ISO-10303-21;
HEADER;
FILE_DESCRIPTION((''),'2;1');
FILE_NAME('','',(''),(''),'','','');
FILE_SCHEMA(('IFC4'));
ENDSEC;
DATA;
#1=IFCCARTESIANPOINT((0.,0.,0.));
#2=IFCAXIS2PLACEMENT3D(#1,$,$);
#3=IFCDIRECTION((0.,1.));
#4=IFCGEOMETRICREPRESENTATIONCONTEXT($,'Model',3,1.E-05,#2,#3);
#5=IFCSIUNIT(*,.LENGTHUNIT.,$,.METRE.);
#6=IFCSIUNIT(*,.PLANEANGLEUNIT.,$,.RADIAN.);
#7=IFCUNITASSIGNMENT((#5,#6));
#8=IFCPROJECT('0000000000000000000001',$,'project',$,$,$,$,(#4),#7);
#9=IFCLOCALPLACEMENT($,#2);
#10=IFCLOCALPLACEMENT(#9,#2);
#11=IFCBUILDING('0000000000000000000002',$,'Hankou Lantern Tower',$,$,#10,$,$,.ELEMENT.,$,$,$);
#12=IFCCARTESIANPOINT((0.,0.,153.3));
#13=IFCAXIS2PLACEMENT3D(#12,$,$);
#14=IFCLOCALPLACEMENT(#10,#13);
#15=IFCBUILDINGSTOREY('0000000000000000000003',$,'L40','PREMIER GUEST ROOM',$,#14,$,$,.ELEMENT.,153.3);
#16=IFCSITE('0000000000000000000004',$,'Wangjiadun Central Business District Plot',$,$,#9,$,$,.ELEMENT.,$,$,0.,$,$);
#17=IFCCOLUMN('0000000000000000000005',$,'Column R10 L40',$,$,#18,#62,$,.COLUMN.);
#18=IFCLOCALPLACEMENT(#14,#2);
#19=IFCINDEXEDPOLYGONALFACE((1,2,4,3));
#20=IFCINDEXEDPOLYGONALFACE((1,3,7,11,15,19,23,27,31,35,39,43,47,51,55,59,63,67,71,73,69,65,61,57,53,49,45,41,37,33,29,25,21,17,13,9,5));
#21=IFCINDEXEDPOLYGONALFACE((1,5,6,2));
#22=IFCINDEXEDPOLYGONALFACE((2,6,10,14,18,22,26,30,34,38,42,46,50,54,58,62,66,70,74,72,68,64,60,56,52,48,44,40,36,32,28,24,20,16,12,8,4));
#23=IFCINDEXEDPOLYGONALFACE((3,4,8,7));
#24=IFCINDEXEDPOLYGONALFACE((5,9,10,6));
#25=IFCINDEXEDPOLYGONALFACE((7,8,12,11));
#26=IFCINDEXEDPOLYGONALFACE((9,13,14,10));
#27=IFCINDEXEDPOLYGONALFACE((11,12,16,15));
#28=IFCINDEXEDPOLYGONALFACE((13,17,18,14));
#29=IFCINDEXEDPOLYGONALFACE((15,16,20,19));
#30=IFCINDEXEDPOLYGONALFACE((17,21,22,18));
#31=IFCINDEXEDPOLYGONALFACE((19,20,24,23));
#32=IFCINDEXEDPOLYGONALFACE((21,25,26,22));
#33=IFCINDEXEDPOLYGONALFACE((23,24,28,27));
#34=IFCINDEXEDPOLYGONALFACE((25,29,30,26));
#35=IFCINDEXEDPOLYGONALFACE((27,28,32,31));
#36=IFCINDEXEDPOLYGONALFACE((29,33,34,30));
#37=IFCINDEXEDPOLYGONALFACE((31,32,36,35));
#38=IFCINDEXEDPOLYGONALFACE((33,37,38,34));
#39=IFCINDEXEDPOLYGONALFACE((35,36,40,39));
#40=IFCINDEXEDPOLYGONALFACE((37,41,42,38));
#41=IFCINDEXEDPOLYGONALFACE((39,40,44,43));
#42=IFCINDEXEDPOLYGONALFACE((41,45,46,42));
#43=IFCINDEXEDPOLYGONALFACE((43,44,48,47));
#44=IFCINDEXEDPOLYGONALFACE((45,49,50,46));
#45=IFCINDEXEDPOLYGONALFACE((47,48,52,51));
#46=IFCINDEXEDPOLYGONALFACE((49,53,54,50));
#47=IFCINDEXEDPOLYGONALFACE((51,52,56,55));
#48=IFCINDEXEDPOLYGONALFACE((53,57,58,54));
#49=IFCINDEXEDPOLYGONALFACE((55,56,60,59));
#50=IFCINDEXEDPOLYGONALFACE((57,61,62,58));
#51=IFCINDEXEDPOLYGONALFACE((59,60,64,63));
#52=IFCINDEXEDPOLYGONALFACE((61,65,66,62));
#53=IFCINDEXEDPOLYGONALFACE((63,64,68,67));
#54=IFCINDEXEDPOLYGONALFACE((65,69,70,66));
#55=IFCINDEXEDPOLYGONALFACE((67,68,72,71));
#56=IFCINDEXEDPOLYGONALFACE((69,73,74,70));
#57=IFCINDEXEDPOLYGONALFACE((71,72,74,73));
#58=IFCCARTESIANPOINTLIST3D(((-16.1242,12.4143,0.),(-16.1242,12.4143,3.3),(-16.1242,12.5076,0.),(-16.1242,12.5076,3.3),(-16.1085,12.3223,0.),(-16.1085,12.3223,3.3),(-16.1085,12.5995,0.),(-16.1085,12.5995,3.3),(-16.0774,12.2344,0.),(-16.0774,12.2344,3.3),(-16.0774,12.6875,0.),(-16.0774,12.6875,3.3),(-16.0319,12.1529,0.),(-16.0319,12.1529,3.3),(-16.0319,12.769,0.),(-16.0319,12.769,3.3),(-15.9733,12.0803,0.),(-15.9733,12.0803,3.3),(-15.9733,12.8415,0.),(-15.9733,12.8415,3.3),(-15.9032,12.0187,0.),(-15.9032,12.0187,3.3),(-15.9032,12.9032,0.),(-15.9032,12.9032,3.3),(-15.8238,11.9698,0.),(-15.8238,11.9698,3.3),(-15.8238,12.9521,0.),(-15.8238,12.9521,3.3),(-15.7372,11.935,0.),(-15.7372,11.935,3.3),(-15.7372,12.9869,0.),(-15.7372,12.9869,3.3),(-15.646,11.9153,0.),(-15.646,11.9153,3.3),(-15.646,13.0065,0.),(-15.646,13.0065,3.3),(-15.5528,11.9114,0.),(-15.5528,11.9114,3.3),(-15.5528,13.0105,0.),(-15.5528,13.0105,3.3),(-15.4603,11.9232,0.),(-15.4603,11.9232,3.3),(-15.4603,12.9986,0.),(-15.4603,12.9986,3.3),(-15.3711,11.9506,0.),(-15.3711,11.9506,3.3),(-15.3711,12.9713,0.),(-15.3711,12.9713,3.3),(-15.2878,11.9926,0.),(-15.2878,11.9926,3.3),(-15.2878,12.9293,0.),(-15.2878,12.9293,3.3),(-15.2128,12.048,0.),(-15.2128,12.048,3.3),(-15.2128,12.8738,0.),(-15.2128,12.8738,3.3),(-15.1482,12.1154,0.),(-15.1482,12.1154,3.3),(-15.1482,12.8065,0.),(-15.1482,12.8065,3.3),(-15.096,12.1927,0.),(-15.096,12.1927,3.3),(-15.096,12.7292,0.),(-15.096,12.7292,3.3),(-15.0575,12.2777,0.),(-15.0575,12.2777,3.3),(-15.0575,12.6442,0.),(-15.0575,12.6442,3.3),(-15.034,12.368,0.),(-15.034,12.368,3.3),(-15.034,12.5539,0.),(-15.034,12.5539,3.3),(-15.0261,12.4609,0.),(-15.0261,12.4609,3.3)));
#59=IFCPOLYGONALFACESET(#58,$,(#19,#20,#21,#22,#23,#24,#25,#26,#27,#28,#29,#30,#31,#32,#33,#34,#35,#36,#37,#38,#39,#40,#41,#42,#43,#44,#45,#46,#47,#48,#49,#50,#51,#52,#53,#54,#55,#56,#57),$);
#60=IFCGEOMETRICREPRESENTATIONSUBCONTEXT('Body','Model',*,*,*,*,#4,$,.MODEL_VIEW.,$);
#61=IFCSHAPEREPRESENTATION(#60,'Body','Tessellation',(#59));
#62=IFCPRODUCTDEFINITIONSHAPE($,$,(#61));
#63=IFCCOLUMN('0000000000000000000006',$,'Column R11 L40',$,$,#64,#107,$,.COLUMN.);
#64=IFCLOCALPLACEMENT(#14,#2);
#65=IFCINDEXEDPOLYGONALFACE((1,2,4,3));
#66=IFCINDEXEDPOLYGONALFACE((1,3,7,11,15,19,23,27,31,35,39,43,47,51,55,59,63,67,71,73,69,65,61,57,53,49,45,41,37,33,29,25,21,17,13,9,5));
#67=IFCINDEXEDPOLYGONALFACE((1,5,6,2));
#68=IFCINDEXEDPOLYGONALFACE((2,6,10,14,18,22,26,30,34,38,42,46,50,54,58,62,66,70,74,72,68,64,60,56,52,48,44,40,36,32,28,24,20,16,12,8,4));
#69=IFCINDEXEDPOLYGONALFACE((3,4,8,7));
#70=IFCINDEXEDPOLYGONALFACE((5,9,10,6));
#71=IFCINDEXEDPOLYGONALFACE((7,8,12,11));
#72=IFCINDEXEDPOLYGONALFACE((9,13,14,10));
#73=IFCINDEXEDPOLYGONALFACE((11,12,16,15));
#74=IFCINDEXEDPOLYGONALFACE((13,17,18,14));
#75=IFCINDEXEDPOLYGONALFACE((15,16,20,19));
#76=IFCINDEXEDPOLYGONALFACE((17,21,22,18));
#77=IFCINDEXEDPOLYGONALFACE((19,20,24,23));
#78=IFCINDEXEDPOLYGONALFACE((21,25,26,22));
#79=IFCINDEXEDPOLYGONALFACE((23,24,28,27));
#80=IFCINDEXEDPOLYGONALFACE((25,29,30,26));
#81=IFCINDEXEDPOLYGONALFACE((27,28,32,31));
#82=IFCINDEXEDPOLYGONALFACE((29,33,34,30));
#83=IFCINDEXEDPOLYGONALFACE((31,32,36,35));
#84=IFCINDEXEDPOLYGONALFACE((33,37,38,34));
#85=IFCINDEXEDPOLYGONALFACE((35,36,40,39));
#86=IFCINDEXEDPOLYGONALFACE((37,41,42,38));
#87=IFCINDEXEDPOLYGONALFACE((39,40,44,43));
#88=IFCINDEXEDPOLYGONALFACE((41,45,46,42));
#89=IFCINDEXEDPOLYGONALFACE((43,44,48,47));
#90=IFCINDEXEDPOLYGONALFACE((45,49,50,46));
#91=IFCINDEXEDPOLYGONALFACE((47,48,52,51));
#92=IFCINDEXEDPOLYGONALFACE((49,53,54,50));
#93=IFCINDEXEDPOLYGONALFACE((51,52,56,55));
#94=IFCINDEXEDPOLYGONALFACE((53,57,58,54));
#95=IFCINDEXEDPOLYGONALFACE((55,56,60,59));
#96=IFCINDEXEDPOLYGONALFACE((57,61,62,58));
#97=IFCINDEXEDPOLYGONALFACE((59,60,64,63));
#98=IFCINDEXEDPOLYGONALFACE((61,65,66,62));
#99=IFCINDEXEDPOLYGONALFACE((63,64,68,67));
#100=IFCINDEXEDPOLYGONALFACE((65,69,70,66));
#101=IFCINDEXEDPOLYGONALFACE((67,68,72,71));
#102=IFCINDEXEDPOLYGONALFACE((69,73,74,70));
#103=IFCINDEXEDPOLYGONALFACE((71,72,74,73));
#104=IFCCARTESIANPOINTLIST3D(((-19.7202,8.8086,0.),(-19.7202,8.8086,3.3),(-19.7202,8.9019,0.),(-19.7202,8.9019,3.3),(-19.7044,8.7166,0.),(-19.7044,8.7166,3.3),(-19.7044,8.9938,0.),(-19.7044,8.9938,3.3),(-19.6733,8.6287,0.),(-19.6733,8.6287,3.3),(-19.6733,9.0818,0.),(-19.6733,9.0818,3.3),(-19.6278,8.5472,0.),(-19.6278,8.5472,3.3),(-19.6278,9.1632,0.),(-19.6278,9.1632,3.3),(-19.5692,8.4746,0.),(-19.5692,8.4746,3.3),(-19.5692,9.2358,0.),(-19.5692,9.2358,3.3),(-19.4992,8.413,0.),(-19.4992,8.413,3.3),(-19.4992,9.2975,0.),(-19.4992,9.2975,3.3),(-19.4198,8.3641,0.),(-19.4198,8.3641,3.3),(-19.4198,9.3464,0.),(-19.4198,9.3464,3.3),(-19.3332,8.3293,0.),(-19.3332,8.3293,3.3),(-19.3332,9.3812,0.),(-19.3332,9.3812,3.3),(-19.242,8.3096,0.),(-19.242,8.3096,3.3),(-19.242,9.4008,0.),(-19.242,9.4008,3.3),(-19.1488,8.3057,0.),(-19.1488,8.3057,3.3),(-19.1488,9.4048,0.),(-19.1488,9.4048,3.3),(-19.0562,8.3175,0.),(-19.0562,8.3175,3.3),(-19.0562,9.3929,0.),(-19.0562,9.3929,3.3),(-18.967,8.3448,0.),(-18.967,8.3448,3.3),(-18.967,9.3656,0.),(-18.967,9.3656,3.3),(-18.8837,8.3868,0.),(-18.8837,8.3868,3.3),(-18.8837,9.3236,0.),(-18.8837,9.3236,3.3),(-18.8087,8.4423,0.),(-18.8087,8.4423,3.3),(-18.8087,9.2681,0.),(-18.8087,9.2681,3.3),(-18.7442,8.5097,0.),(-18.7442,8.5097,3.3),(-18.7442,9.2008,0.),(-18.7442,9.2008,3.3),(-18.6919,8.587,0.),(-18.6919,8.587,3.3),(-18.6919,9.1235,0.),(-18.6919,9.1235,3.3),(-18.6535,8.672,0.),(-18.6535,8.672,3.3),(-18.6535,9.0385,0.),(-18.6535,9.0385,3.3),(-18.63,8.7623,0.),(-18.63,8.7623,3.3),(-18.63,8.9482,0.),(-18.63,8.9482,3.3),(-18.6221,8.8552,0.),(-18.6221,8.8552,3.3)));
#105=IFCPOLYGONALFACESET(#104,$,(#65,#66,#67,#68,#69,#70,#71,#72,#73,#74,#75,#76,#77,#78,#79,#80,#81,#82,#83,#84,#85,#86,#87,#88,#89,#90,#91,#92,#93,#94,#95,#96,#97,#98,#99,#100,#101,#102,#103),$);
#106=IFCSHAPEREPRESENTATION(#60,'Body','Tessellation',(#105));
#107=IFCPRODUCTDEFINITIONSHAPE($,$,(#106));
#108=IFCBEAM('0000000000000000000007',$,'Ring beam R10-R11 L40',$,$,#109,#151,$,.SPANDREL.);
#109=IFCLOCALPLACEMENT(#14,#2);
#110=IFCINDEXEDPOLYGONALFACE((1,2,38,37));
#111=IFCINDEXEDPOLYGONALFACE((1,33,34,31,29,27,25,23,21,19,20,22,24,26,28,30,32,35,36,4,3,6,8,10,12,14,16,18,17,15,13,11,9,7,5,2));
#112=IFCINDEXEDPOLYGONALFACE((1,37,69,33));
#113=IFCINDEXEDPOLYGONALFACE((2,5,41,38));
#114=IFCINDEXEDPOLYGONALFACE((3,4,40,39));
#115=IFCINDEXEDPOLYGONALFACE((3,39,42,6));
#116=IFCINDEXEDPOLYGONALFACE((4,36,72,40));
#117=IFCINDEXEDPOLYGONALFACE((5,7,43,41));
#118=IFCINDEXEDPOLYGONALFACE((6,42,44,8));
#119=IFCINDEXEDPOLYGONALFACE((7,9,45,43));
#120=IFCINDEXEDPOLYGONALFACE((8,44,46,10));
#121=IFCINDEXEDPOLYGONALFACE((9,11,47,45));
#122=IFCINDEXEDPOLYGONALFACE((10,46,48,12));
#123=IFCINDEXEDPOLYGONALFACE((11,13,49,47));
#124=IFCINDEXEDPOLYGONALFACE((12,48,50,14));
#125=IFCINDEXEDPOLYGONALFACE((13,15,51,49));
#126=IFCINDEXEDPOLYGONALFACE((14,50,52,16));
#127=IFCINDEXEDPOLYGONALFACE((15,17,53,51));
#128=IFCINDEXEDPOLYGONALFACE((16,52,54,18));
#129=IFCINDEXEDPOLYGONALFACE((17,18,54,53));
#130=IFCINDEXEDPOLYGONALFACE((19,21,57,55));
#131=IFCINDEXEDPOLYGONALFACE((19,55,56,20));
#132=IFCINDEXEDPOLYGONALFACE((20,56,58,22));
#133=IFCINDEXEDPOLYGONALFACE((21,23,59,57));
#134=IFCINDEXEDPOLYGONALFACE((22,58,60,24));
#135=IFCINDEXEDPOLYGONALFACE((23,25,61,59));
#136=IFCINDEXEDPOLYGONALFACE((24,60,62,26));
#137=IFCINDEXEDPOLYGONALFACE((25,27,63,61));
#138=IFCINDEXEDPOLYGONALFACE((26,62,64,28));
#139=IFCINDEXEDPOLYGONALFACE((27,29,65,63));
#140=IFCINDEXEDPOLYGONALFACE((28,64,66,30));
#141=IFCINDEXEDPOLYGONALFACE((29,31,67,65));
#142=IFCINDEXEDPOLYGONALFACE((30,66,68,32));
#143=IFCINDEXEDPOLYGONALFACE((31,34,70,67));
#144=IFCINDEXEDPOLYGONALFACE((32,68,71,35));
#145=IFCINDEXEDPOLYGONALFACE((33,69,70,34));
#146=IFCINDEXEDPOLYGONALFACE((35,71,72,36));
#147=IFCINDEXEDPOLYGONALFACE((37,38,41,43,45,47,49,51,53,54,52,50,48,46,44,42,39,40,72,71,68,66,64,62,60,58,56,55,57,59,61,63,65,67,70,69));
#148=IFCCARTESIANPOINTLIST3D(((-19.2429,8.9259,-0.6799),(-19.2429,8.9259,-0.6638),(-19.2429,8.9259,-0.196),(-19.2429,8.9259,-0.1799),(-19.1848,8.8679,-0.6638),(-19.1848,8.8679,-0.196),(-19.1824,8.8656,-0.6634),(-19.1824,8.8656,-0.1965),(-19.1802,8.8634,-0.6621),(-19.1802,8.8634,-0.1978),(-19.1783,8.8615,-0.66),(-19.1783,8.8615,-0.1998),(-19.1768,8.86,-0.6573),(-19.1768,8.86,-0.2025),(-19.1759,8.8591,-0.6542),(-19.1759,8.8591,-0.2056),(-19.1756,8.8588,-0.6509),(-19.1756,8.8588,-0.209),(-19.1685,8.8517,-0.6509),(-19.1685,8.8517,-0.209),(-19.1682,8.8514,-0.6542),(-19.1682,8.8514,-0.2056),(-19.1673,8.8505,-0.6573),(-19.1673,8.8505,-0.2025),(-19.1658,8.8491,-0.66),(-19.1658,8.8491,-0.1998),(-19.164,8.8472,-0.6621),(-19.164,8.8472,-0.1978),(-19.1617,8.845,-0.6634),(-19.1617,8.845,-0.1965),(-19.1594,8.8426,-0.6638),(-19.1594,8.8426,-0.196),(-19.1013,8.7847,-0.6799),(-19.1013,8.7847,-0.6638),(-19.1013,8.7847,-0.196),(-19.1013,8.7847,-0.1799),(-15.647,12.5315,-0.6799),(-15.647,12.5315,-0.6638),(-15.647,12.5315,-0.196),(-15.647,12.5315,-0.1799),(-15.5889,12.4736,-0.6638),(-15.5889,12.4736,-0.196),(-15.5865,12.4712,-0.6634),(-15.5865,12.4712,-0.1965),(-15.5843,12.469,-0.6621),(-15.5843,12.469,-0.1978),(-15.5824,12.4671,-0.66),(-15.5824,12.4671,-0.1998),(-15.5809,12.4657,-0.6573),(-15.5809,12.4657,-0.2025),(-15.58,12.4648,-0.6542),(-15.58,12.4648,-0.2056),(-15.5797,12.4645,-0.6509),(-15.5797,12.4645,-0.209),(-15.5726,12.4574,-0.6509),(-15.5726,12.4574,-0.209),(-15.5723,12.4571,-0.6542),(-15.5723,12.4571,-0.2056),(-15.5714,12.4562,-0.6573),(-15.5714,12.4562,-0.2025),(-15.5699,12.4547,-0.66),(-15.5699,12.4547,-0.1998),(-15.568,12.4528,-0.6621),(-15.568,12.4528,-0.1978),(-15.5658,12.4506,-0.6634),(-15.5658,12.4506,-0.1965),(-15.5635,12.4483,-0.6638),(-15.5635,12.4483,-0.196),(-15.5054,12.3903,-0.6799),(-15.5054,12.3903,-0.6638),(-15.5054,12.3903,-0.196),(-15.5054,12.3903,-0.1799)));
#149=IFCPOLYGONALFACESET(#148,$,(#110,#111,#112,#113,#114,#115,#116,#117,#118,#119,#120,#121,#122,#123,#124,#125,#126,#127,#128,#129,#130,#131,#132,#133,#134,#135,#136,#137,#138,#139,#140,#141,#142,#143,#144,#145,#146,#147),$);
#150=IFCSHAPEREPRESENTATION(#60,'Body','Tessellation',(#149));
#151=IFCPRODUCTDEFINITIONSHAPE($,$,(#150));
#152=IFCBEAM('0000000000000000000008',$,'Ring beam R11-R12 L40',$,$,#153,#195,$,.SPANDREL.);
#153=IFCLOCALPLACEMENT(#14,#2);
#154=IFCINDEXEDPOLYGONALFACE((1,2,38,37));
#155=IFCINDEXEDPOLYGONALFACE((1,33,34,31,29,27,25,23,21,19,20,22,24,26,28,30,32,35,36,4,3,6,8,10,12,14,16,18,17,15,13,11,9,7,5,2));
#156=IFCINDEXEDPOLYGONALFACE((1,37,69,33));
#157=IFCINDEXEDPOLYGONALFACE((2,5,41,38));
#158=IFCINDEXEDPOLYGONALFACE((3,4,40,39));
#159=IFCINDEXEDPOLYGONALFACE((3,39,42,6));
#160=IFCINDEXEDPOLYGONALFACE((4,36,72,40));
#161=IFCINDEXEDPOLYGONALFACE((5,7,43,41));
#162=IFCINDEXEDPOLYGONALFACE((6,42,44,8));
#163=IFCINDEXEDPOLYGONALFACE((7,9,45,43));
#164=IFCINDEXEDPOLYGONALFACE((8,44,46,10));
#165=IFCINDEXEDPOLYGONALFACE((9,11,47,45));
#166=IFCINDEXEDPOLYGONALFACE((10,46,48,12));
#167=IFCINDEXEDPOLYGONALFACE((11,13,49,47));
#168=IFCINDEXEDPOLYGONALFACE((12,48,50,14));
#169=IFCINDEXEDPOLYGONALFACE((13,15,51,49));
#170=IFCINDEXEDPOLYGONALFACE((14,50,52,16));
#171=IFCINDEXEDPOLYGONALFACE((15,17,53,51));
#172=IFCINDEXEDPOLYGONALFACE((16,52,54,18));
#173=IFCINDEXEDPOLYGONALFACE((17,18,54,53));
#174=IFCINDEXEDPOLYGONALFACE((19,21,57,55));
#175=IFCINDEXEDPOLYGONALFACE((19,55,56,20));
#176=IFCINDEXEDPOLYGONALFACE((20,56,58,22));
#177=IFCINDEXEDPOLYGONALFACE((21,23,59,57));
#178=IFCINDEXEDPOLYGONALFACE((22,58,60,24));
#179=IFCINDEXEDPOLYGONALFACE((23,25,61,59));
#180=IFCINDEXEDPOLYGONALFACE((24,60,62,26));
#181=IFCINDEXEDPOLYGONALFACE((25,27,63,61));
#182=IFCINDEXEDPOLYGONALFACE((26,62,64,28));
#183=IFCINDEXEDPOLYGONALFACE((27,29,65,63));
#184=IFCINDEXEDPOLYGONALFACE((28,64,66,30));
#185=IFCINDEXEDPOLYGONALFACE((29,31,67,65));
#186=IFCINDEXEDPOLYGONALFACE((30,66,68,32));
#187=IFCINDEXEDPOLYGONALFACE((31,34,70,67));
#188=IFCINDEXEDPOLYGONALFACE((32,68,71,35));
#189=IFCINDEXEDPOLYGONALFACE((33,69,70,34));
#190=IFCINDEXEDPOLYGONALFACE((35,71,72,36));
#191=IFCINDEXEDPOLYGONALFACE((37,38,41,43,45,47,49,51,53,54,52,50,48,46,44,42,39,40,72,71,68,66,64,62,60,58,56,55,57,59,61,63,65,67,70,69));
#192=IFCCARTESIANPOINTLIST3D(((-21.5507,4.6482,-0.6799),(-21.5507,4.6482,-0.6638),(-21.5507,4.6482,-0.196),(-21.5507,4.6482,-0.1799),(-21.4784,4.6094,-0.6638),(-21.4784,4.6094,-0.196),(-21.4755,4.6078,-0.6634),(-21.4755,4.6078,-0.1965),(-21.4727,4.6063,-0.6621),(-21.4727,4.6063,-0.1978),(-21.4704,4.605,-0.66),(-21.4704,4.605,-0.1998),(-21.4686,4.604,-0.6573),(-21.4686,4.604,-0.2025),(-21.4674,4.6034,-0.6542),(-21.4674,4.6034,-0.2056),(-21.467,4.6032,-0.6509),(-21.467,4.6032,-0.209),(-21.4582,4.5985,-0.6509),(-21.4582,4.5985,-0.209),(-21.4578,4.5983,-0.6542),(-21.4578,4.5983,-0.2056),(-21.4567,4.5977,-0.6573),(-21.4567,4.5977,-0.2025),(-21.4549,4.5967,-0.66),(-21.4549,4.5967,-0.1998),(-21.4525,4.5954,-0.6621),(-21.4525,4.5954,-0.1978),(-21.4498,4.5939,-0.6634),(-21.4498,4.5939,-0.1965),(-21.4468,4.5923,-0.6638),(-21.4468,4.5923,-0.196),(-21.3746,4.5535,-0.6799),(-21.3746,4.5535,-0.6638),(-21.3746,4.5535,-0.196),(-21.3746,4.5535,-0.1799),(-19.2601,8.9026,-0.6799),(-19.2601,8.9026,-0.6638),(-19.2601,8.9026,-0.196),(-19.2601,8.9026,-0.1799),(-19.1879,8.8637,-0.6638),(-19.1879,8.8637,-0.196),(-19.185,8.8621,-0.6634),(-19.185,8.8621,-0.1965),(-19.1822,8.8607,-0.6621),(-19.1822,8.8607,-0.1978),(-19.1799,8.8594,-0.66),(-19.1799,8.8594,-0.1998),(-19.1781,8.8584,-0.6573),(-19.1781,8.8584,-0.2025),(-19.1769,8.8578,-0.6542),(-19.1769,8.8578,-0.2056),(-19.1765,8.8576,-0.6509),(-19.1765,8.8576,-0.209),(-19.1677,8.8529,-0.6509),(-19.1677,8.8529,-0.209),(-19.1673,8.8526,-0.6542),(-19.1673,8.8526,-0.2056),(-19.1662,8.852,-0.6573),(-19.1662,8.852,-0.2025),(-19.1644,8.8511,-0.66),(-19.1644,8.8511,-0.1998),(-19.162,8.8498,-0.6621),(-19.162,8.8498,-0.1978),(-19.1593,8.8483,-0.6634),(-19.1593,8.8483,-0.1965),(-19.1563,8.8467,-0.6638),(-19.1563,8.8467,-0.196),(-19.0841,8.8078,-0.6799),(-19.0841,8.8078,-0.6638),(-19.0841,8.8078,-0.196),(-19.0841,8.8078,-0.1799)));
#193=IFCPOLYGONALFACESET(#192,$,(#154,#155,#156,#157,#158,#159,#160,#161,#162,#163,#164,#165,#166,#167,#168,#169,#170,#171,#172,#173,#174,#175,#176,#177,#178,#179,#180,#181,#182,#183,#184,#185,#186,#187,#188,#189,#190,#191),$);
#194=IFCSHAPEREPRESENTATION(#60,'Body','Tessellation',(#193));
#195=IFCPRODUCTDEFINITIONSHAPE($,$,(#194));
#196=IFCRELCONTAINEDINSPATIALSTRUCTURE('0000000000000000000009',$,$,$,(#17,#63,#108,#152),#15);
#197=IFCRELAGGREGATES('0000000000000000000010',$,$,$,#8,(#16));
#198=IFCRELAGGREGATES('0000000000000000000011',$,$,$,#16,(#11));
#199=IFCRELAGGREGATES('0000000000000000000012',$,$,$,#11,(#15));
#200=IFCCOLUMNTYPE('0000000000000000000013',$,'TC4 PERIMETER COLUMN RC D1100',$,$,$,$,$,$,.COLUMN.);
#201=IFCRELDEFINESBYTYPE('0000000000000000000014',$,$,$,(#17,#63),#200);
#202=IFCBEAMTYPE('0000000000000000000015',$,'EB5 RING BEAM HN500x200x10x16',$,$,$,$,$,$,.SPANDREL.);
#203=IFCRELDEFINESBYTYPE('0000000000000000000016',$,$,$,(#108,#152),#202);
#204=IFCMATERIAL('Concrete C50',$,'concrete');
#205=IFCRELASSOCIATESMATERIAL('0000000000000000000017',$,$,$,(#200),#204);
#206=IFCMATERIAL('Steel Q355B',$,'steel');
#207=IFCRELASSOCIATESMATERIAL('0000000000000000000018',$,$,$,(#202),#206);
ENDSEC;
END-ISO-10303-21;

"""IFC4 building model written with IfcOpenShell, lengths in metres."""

from ifc_helpers import new_model, si_unit, direction, frame, origin, origin_2d, place, context, subcontext, project, spatial, circle, i_section, extrude, material, material_profile, profile_set, type_object, element, save


model = new_model("IFC4")

# Units and contexts
model_context = context("Model", 3, precision=1e-05, world=origin(), true_north=direction((0.0, 1.0)))
body_context = subcontext(model_context, "Body", "Model", "MODEL_VIEW")
ifc_project = project(units=[si_unit("LENGTHUNIT", "METRE"), si_unit("PLANEANGLEUNIT", "RADIAN")], contexts=[model_context])

# Site, building, storey
site_placement = place(None, origin())
site = spatial("IfcSite", under=ifc_project, at=site_placement, Name="Wangjiadun Central Business District Plot", CompositionType="ELEMENT", RefElevation=0.0)
building_placement = place(site_placement, origin())
building = spatial("IfcBuilding", under=site, at=building_placement, Name="Hankou Lantern Tower", CompositionType="ELEMENT")
storey_placement = place(building_placement, frame((0.0, 0.0, 153.3)))
storey = spatial("IfcBuildingStorey", under=building, at=storey_placement, Name="L40", Description="PREMIER GUEST ROOM", CompositionType="ELEMENT", Elevation=153.3)

# Columns
ifc_material_1 = material(Name="Concrete C50", Category="concrete")
ifc_material_profile_1 = material_profile(ifc_material_1, circle(Radius=0.55, at=origin_2d()), Name="RC D1100")
ifc_profile_set_1 = profile_set([ifc_material_profile_1], Name="Concrete C50")
column_type = type_object("IfcColumnType", Name="TC4 PERIMETER COLUMN RC D1100", PredefinedType="COLUMN", material=ifc_profile_set_1)
for number, where, z_axis, x_axis, name in (
    (1, (-15.5762, 12.4609, 0.0), (0.0, 0.0, 1.0), (1.0, 0.0, 0.0), "Column R10 L40"),
    (2, (-19.1721, 8.8552, 0.0), (0.0, 0.0, 1.0), (1.0, 0.0, 0.0), "Column R11 L40"),
):
    element("IfcColumn", number, at=place(storey_placement, frame(where, z_axis=z_axis, x_axis=x_axis)), inside=storey, type_object=column_type, Name=name, PredefinedType="COLUMN", context=body_context, shape_type="SweptSolid", body=[
        extrude(circle(Radius=0.55, at=origin_2d()), origin(), (0.0, 0.0, 1.0), 3.3),
    ])

# Beams
ifc_material_2 = material(Name="Steel Q355B", Category="steel")
ifc_material_profile_2 = material_profile(ifc_material_2, i_section(OverallWidth=0.2, OverallDepth=0.5, WebThickness=0.01, FlangeThickness=0.0161, FilletRadius=0.0129, at=origin_2d()), Name="HN500x200x10x16")
ifc_profile_set_2 = profile_set([ifc_material_profile_2], Name="Steel Q355B")
beam_type_1 = type_object("IfcBeamType", Name="EB5 RING BEAM HN500x200x10x16", PredefinedType="SPANDREL", material=ifc_profile_set_2)
beam_1_placement = place(storey_placement, frame((-15.5762, 12.4609, -0.4299), z_axis=(-0.706147, -0.708065, 0.0), x_axis=(0.708065, -0.706147, 0.0)))
element("IfcBeam", 3, at=beam_1_placement, inside=storey, type_object=beam_type_1, Name="Ring beam R10-R11 L40", PredefinedType="SPANDREL", context=body_context, shape_type="SweptSolid", body=[
    extrude(i_section(OverallWidth=0.2, OverallDepth=0.5, WebThickness=0.01, FlangeThickness=0.0161, FilletRadius=0.0129, at=origin_2d()), origin(), (0.0, 0.0, 1.0), 5.0923),
])
beam_2_placement = place(storey_placement, frame((-19.1721, 8.8552, -0.4299), z_axis=(-0.474052, -0.880497, 0.0), x_axis=(0.880497, -0.474052, 0.0)))
element("IfcBeam", 4, at=beam_2_placement, inside=storey, type_object=beam_type_1, Name="Ring beam R11-R12 L40", PredefinedType="SPANDREL", context=body_context, shape_type="SweptSolid", body=[
    extrude(i_section(OverallWidth=0.2, OverallDepth=0.5, WebThickness=0.01, FlangeThickness=0.0161, FilletRadius=0.0129, at=origin_2d()), origin(), (0.0, 0.0, 1.0), 4.8318),
])

save(model, "model.ifc")
